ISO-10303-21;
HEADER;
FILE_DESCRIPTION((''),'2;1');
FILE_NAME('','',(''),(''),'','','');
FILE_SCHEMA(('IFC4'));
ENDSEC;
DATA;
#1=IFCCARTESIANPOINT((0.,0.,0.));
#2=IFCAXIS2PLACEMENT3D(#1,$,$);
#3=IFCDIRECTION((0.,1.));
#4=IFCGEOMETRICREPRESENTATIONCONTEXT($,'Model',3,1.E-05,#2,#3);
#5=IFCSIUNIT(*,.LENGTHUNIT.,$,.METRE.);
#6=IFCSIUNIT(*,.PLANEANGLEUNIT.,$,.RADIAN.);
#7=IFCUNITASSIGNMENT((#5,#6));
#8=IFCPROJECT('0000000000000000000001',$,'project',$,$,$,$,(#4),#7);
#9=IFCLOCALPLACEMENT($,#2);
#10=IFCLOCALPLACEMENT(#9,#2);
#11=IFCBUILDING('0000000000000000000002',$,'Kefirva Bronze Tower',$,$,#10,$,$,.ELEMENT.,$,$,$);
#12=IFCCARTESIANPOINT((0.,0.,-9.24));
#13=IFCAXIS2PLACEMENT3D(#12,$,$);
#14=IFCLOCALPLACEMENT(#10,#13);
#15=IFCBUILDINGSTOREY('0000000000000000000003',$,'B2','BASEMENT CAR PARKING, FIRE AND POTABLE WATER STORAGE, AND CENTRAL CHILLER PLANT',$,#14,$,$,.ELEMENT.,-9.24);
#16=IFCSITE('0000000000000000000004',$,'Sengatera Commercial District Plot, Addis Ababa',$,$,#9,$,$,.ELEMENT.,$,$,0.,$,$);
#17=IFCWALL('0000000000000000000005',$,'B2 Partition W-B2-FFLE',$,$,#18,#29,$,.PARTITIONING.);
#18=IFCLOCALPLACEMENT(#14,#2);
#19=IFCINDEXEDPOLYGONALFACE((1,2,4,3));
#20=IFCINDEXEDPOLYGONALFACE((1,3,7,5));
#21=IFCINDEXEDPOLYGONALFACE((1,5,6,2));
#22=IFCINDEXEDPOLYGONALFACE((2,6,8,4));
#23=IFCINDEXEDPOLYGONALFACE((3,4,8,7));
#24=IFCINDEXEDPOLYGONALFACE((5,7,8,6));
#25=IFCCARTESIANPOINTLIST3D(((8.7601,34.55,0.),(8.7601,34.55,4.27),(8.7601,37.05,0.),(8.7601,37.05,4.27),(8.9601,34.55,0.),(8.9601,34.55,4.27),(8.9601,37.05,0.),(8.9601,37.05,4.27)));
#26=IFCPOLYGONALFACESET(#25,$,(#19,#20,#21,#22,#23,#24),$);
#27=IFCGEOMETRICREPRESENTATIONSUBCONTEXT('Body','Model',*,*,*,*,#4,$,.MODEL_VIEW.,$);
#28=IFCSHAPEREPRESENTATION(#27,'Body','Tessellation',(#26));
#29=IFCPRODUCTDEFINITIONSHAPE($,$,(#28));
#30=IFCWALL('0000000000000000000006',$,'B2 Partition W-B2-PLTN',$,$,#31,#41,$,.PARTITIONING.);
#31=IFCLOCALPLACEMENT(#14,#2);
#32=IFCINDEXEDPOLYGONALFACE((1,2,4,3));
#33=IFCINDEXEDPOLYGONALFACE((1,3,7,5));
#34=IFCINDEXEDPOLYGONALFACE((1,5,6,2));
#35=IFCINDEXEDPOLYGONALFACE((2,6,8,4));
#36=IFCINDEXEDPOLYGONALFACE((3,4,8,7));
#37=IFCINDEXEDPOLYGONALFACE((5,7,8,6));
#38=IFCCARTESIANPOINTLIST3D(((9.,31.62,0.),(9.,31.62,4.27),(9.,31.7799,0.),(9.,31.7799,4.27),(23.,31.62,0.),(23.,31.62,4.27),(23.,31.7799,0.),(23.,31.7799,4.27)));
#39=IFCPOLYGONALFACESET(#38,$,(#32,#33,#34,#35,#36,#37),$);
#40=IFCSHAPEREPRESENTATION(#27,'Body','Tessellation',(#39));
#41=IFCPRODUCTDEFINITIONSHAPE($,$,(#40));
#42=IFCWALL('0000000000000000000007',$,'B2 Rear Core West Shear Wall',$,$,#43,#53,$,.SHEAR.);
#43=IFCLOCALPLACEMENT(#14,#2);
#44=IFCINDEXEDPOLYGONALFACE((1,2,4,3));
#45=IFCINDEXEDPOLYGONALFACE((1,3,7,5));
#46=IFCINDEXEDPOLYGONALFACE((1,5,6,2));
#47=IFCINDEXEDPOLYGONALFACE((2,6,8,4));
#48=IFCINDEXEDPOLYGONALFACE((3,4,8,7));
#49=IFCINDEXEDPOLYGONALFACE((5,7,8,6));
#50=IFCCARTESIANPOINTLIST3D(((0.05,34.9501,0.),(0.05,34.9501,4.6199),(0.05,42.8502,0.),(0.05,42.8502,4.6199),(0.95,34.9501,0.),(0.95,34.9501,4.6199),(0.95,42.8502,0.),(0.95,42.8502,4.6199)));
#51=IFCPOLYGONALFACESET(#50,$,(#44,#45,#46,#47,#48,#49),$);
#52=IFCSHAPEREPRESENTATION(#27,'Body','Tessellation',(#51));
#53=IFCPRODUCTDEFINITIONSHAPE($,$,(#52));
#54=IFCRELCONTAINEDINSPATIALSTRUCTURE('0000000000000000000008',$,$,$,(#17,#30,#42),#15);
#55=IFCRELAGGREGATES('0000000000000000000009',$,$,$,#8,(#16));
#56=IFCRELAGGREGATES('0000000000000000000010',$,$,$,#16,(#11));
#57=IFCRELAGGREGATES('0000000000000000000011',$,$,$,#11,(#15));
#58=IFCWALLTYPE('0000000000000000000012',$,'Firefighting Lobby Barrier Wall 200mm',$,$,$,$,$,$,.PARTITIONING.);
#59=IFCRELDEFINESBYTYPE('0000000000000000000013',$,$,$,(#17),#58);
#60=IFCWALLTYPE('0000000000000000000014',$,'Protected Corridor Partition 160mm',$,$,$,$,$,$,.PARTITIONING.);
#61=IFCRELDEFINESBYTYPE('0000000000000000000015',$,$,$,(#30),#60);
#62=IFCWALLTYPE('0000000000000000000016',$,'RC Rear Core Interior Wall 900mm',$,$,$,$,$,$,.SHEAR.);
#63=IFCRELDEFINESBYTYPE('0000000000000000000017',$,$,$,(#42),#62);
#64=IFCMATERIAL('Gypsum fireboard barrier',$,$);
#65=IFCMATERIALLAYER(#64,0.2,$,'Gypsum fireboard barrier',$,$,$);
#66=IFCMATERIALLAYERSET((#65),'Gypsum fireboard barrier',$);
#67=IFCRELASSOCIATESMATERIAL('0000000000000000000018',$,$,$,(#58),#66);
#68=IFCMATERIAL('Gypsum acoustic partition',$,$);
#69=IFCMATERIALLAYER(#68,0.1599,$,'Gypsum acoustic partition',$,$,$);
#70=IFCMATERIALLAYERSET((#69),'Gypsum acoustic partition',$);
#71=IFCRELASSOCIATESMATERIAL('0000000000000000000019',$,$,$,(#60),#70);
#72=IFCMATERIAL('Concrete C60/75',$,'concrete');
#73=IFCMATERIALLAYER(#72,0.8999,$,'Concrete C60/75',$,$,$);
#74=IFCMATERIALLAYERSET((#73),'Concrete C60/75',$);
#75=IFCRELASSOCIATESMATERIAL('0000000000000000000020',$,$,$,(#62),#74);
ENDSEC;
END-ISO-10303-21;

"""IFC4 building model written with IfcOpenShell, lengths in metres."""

from ifc_helpers import new_model, si_unit, direction, frame, frame_2d, origin, place, context, subcontext, project, spatial, rectangle, extrude, material, layer, layer_set, type_object, element, save


model = new_model("IFC4")

# Units and contexts
model_context = context("Model", 3, precision=1e-05, world=origin(), true_north=direction((0.0, 1.0)))
body_context = subcontext(model_context, "Body", "Model", "MODEL_VIEW")
ifc_project = project(units=[si_unit("LENGTHUNIT", "METRE"), si_unit("PLANEANGLEUNIT", "RADIAN")], contexts=[model_context])

# Site, building, storey
site_placement = place(None, origin())
site = spatial("IfcSite", under=ifc_project, at=site_placement, Name="Sengatera Commercial District Plot, Addis Ababa", CompositionType="ELEMENT", RefElevation=0.0)
building_placement = place(site_placement, origin())
building = spatial("IfcBuilding", under=site, at=building_placement, Name="Kefirva Bronze Tower", CompositionType="ELEMENT")
storey_placement = place(building_placement, frame((0.0, 0.0, -9.24)))
storey = spatial("IfcBuildingStorey", under=building, at=storey_placement, Name="B2", Description="BASEMENT CAR PARKING, FIRE AND POTABLE WATER STORAGE, AND CENTRAL CHILLER PLANT", CompositionType="ELEMENT", Elevation=-9.24)

# Shared definitions
ifc_material_1 = material(Name="Concrete C60/75", Category="concrete")

# Walls
ifc_material_2 = material(Name="Gypsum fireboard barrier")
ifc_layer_1 = layer(ifc_material_2, 0.2, Name="Gypsum fireboard barrier")
ifc_layer_set_1 = layer_set([ifc_layer_1], Name="Gypsum fireboard barrier")
wall_type_1 = type_object("IfcWallType", Name="Firefighting Lobby Barrier Wall 200mm", PredefinedType="PARTITIONING", material=ifc_layer_set_1)
wall_1_placement = place(storey_placement, frame((8.8601, 34.55, 0.0), z_axis=(0.0, 0.0, 1.0), x_axis=(0.0, 1.0, 0.0)))
element("IfcWall", 1, at=wall_1_placement, inside=storey, type_object=wall_type_1, Name="B2 Partition W-B2-FFLE", PredefinedType="PARTITIONING", context=body_context, shape_type="SweptSolid", body=[
    extrude(rectangle(XDim=2.5, YDim=0.2, at=frame_2d((1.25, 0.0))), origin(), (0.0, 0.0, 1.0), 4.27),
])
ifc_material_3 = material(Name="Gypsum acoustic partition")
ifc_layer_2 = layer(ifc_material_3, 0.1599, Name="Gypsum acoustic partition")
ifc_layer_set_2 = layer_set([ifc_layer_2], Name="Gypsum acoustic partition")
wall_type_2 = type_object("IfcWallType", Name="Protected Corridor Partition 160mm", PredefinedType="PARTITIONING", material=ifc_layer_set_2)
wall_2_placement = place(storey_placement, frame((9.0, 31.7, 0.0), z_axis=(0.0, 0.0, 1.0), x_axis=(1.0, 0.0, 0.0)))
element("IfcWall", 2, at=wall_2_placement, inside=storey, type_object=wall_type_2, Name="B2 Partition W-B2-PLTN", PredefinedType="PARTITIONING", context=body_context, shape_type="SweptSolid", body=[
    extrude(rectangle(XDim=14.0, YDim=0.1599, at=frame_2d((7.0, 0.0))), origin(), (0.0, 0.0, 1.0), 4.27),
])
ifc_layer_3 = layer(ifc_material_1, 0.8999, Name="Concrete C60/75")
ifc_layer_set_3 = layer_set([ifc_layer_3], Name="Concrete C60/75")
wall_type_3 = type_object("IfcWallType", Name="RC Rear Core Interior Wall 900mm", PredefinedType="SHEAR", material=ifc_layer_set_3)
wall_3_placement = place(storey_placement, frame((0.5, 34.95, 0.0), z_axis=(0.0, 0.0, 1.0), x_axis=(0.0, 1.0, 0.0)))
element("IfcWall", 3, at=wall_3_placement, inside=storey, type_object=wall_type_3, Name="B2 Rear Core West Shear Wall", PredefinedType="SHEAR", context=body_context, shape_type="SweptSolid", body=[
    extrude(rectangle(XDim=7.9001, YDim=0.8999, at=frame_2d((3.9502, 0.0))), origin(), (0.0, 0.0, 1.0), 4.6199),
])

save(model, "model.ifc")
